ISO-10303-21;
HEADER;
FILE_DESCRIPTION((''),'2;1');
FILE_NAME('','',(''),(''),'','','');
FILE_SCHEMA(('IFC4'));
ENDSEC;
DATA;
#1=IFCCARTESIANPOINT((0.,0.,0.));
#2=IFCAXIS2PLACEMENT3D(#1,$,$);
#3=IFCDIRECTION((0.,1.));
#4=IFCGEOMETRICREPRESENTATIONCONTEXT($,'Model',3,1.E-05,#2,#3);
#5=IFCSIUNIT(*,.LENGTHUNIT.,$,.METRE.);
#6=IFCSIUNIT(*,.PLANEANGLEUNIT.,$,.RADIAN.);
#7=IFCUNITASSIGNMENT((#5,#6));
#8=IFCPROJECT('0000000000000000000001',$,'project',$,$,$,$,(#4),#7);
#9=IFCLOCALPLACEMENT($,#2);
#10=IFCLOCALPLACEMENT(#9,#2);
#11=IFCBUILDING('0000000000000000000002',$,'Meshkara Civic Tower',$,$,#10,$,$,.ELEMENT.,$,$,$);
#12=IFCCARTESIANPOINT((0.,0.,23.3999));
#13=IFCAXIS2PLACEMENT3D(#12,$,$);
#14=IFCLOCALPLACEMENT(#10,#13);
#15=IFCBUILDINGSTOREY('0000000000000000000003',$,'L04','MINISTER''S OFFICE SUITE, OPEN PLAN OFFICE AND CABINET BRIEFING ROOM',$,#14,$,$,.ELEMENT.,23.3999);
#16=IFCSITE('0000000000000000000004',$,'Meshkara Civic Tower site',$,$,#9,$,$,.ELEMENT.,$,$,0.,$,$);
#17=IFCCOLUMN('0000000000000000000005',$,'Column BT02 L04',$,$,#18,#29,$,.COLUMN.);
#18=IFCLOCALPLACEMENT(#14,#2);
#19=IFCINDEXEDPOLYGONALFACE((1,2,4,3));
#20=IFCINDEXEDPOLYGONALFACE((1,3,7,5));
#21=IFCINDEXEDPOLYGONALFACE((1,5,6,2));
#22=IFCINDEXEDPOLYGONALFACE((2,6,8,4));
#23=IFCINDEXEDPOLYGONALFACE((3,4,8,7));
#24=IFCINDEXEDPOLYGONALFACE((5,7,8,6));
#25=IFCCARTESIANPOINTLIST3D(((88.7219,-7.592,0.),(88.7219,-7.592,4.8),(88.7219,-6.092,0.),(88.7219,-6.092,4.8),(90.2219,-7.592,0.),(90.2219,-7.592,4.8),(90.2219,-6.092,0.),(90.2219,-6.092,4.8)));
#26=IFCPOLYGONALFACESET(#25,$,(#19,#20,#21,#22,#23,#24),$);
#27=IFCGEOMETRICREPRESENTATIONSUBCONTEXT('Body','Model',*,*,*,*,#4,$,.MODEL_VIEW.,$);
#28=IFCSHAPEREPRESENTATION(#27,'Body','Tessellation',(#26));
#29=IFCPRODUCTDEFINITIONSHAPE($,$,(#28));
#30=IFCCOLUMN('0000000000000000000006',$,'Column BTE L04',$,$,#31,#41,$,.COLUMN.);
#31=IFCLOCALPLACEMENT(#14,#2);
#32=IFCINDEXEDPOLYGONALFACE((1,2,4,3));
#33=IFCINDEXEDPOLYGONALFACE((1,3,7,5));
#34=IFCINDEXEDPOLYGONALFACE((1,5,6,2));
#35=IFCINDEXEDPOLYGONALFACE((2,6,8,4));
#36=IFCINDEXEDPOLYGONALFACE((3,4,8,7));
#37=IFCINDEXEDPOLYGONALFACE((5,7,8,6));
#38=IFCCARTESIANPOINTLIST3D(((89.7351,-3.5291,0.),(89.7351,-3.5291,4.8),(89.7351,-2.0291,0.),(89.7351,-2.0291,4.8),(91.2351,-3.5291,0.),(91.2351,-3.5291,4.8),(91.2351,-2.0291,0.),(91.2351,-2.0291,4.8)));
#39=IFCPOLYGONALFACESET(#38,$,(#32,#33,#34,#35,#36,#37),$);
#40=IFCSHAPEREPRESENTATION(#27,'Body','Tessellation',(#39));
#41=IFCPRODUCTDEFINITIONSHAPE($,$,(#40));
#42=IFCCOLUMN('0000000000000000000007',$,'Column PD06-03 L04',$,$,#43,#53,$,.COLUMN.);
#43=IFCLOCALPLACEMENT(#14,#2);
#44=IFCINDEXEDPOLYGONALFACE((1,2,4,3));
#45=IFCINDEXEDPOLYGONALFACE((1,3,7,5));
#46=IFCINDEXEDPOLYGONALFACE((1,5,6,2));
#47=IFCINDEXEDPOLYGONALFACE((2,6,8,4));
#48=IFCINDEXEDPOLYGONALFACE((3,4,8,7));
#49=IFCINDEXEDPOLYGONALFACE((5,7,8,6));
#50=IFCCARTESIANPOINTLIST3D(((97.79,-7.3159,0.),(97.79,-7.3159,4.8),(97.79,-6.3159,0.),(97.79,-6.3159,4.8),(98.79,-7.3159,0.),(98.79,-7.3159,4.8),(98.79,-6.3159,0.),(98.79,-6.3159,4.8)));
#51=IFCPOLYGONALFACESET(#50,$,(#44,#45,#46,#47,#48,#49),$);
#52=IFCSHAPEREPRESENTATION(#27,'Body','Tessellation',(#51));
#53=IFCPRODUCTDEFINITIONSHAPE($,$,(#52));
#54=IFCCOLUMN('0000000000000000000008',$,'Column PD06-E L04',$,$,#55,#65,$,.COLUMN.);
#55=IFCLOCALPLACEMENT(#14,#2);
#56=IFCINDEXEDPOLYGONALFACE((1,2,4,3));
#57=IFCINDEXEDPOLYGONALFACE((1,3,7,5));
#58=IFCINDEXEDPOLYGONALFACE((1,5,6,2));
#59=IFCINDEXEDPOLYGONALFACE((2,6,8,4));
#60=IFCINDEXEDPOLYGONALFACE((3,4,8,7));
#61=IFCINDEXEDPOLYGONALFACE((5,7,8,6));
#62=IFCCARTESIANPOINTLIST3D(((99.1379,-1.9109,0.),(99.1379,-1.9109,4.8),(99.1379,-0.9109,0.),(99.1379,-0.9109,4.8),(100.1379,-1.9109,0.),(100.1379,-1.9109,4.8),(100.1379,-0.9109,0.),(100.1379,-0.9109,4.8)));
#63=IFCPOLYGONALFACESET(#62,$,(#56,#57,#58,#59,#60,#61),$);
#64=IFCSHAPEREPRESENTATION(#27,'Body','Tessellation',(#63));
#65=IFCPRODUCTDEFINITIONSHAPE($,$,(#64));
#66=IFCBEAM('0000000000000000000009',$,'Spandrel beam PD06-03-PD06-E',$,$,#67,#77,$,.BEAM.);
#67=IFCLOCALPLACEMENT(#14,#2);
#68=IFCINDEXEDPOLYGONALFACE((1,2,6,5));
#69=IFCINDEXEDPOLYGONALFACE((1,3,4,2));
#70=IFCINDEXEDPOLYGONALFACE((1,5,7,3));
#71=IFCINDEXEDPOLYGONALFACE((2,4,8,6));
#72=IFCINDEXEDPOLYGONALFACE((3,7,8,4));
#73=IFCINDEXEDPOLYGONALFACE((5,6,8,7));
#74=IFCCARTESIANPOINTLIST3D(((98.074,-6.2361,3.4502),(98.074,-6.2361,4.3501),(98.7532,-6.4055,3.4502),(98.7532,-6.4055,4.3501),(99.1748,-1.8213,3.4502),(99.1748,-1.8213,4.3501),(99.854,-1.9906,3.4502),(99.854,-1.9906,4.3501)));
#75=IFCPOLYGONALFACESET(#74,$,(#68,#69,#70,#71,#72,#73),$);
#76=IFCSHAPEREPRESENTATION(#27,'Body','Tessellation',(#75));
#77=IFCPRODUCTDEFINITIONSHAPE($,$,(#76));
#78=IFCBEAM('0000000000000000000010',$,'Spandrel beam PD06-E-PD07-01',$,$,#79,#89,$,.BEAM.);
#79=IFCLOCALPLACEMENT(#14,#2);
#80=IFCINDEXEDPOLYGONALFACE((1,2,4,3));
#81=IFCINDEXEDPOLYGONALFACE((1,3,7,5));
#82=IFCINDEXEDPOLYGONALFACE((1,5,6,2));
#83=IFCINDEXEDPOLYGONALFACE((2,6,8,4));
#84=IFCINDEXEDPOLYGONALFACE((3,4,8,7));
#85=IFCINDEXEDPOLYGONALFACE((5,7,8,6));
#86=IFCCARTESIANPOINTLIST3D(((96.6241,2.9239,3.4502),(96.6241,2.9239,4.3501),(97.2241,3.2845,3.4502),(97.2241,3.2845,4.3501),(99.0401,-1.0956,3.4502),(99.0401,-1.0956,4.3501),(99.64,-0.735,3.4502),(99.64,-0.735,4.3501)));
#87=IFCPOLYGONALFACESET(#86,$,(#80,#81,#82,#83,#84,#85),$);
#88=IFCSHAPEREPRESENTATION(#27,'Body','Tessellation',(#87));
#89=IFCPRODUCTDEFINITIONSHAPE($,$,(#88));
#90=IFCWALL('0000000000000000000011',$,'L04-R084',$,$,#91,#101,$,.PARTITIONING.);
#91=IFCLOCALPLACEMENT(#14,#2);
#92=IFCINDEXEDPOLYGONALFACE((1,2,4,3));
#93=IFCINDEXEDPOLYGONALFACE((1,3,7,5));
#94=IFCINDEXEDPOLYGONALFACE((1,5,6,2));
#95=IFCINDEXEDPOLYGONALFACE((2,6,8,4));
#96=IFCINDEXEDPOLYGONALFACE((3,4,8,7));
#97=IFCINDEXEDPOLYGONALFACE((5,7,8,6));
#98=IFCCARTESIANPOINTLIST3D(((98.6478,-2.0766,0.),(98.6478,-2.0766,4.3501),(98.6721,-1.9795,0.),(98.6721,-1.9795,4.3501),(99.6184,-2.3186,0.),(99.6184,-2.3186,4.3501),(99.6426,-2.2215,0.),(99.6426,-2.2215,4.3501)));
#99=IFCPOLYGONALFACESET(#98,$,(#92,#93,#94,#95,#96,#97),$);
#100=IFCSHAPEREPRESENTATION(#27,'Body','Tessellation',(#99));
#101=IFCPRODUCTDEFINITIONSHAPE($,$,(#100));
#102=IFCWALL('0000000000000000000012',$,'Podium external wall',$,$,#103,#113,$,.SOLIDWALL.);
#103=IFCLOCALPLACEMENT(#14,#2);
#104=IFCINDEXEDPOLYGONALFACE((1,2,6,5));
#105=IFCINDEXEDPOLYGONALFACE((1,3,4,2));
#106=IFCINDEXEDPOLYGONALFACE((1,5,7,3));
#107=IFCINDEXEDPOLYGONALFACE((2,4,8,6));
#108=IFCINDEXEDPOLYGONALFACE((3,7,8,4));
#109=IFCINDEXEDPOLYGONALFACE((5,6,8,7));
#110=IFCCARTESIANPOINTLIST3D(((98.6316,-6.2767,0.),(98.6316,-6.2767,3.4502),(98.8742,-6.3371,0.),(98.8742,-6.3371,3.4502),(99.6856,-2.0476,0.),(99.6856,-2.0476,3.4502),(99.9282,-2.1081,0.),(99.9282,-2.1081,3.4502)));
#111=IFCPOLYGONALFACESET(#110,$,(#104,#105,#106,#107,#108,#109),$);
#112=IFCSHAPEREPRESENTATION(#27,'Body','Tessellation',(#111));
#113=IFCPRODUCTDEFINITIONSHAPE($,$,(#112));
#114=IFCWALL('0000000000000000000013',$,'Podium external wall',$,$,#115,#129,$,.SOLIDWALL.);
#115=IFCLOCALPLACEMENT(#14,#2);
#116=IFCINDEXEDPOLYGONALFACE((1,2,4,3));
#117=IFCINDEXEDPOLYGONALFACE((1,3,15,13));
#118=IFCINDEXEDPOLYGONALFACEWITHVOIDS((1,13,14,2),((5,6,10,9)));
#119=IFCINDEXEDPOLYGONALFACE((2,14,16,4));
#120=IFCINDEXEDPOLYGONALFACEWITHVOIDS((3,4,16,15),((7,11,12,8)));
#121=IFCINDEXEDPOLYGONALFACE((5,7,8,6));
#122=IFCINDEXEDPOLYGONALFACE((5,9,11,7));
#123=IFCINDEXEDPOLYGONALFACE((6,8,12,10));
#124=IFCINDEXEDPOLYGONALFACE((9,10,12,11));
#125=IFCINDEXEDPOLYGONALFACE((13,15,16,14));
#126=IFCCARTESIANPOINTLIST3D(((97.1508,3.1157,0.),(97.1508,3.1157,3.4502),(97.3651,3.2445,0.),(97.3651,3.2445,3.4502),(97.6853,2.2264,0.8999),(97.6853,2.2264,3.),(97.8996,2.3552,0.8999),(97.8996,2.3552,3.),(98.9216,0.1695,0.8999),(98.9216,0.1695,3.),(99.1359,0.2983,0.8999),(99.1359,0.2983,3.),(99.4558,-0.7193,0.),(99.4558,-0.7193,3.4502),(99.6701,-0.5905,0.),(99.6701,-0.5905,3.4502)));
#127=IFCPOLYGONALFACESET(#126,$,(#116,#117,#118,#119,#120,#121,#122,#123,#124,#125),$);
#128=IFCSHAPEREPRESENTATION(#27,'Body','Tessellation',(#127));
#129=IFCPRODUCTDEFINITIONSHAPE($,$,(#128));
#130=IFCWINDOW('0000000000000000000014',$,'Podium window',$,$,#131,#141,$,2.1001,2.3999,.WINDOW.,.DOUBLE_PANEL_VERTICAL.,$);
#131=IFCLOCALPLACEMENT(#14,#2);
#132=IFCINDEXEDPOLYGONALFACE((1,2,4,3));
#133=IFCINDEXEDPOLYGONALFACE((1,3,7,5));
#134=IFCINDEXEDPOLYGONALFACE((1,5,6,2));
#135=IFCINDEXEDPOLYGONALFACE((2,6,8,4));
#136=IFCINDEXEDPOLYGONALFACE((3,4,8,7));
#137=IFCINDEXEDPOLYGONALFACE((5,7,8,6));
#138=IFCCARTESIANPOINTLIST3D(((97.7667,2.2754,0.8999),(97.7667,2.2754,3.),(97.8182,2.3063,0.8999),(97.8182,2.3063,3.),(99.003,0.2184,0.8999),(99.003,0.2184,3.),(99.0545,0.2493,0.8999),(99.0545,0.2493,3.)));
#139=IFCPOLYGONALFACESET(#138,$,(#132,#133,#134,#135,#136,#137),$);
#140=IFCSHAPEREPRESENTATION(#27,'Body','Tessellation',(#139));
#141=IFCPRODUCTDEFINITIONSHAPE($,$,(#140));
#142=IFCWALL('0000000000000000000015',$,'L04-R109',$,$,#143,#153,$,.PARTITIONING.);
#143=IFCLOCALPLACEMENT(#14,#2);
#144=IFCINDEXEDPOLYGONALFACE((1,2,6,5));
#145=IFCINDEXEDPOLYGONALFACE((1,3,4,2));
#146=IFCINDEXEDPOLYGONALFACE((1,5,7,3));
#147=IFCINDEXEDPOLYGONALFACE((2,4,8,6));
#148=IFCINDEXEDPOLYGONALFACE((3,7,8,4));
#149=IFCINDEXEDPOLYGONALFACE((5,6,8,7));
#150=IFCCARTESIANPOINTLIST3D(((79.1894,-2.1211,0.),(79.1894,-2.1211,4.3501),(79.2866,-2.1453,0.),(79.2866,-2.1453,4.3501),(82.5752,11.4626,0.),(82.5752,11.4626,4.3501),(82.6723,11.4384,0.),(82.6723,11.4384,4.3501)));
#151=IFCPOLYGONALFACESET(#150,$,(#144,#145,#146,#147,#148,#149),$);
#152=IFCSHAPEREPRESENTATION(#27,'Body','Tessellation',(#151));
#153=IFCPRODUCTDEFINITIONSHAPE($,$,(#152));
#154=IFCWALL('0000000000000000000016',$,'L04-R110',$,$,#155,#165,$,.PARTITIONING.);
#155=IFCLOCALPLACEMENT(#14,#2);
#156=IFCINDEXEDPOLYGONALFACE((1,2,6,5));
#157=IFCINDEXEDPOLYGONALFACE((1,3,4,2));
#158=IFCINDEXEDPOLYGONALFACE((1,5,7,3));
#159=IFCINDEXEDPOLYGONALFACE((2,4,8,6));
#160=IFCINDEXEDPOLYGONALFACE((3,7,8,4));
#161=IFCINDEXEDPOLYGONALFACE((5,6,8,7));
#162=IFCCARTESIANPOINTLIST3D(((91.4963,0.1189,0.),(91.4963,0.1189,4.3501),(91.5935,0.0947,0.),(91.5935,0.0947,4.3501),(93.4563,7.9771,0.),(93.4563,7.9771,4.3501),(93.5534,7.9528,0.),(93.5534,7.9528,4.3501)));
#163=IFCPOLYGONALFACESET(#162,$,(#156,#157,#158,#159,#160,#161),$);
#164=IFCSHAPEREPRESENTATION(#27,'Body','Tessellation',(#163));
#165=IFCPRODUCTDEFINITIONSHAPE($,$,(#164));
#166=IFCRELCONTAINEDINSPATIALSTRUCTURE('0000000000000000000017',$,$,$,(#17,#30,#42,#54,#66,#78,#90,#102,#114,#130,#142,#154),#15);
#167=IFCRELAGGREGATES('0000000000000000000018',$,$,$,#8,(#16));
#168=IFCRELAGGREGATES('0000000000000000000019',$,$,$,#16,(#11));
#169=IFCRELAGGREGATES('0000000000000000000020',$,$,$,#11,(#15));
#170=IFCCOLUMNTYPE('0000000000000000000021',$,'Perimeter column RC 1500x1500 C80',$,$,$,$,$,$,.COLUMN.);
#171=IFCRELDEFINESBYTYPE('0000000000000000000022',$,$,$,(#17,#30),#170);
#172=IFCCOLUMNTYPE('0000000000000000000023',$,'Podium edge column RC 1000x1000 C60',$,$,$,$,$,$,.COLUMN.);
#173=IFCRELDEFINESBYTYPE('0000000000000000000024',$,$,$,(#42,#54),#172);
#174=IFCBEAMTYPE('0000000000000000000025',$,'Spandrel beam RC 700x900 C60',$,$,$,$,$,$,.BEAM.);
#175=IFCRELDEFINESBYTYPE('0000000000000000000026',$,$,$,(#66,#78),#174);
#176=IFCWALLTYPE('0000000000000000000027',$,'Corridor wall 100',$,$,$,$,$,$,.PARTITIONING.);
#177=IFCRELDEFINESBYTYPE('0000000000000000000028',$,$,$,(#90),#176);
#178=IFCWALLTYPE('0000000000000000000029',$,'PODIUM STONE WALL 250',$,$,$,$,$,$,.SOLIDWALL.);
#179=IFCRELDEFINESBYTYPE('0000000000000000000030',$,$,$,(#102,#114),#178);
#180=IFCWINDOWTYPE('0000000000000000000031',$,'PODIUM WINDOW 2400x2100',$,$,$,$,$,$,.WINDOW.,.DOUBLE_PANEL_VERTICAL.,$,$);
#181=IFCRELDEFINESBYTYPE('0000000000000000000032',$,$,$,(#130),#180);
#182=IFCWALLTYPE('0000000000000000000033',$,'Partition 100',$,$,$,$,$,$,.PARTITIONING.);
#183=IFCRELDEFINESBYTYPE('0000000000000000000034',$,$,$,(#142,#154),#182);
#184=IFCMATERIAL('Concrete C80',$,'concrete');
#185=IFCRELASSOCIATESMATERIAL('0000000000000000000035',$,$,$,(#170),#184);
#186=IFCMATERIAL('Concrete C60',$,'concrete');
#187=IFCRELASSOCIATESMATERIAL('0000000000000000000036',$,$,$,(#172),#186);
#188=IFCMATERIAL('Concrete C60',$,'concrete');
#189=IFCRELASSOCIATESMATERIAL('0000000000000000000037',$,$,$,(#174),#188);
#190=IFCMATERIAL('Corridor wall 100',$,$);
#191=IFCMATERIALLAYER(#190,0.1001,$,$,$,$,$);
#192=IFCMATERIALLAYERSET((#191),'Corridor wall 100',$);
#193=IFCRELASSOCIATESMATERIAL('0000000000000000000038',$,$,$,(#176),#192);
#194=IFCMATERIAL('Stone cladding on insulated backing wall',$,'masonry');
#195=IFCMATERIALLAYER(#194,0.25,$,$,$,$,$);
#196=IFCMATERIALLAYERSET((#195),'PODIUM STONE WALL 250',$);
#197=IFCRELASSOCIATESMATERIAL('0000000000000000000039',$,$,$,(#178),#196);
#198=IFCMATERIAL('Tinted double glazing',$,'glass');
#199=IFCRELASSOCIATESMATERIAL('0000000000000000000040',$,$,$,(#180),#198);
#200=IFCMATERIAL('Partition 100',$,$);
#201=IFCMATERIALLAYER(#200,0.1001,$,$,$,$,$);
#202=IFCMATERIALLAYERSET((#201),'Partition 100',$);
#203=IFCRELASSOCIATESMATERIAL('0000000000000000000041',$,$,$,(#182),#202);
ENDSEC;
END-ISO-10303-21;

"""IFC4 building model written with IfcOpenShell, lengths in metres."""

from ifc_helpers import new_model, si_unit, direction, frame, frame_2d, origin, origin_2d, place, context, subcontext, project, spatial, rectangle, extrude, material, layer, layer_set, material_profile, profile_set, type_object, element, fill, save


model = new_model("IFC4")

# Units and contexts
model_context = context("Model", 3, precision=1e-05, world=origin(), true_north=direction((0.0, 1.0)))
body_context = subcontext(model_context, "Body", "Model", "MODEL_VIEW")
ifc_project = project(units=[si_unit("LENGTHUNIT", "METRE"), si_unit("PLANEANGLEUNIT", "RADIAN")], contexts=[model_context])

# Site, building, storey
site_placement = place(None, origin())
site = spatial("IfcSite", under=ifc_project, at=site_placement, Name="Meshkara Civic Tower site", CompositionType="ELEMENT", RefElevation=0.0)
building_placement = place(site_placement, origin())
building = spatial("IfcBuilding", under=site, at=building_placement, Name="Meshkara Civic Tower", CompositionType="ELEMENT")
storey_placement = place(building_placement, frame((0.0, 0.0, 23.3999)))
storey = spatial("IfcBuildingStorey", under=building, at=storey_placement, Name="L04", Description="MINISTER'S OFFICE SUITE, OPEN PLAN OFFICE AND CABINET BRIEFING ROOM", CompositionType="ELEMENT", Elevation=23.3999)

# Columns
ifc_material_1 = material(Name="Concrete C80", Category="concrete")
ifc_material_profile_1 = material_profile(ifc_material_1, rectangle(XDim=1.5, YDim=1.5, at=origin_2d()))
ifc_profile_set_1 = profile_set([ifc_material_profile_1], Name="Concrete C80")
column_type_1 = type_object("IfcColumnType", Name="Perimeter column RC 1500x1500 C80", PredefinedType="COLUMN", material=ifc_profile_set_1)
for number, where, z_axis, x_axis, name in (
    (1, (89.4719, -6.842, 0.0), (0.0, 0.0, 1.0), (1.0, 0.0, 0.0), "Column BT02 L04"),
    (2, (90.4851, -2.7791, 0.0), (0.0, 0.0, 1.0), (1.0, 0.0, 0.0), "Column BTE L04"),
):
    element("IfcColumn", number, at=place(storey_placement, frame(where, z_axis=z_axis, x_axis=x_axis)), inside=storey, type_object=column_type_1, Name=name, PredefinedType="COLUMN", context=body_context, shape_type="SweptSolid", body=[
        extrude(rectangle(XDim=1.5, YDim=1.5, at=origin_2d()), origin(), (0.0, 0.0, 1.0), 4.8),
    ])
ifc_material_2 = material(Name="Concrete C60", Category="concrete")
ifc_material_profile_2 = material_profile(ifc_material_2, rectangle(XDim=1.0, YDim=1.0, at=origin_2d()))
ifc_profile_set_2 = profile_set([ifc_material_profile_2], Name="Concrete C60")
column_type_2 = type_object("IfcColumnType", Name="Podium edge column RC 1000x1000 C60", PredefinedType="COLUMN", material=ifc_profile_set_2)
for number, where, z_axis, x_axis, name in (
    (3, (98.29, -6.8159, 0.0), (0.0, 0.0, 1.0), (1.0, 0.0, 0.0), "Column PD06-03 L04"),
    (4, (99.6379, -1.4109, 0.0), (0.0, 0.0, 1.0), (1.0, 0.0, 0.0), "Column PD06-E L04"),
):
    element("IfcColumn", number, at=place(storey_placement, frame(where, z_axis=z_axis, x_axis=x_axis)), inside=storey, type_object=column_type_2, Name=name, PredefinedType="COLUMN", context=body_context, shape_type="SweptSolid", body=[
        extrude(rectangle(XDim=1.0, YDim=1.0, at=origin_2d()), origin(), (0.0, 0.0, 1.0), 4.8),
    ])

# Beams
ifc_material_3 = material(Name="Concrete C60", Category="concrete")
ifc_material_profile_3 = material_profile(ifc_material_3, rectangle(XDim=0.7, YDim=0.8999, at=origin_2d()))
ifc_profile_set_3 = profile_set([ifc_material_profile_3], Name="Concrete C60")
beam_type = type_object("IfcBeamType", Name="Spandrel beam RC 700x900 C60", PredefinedType="BEAM", material=ifc_profile_set_3)
beam_1_placement = place(storey_placement, frame((98.4136, -6.3208, 3.9001), z_axis=(0.241942, 0.970291, 0.0), x_axis=(-0.970291, 0.241942, 0.0)))
element("IfcBeam", 5, at=beam_1_placement, inside=storey, type_object=beam_type, Name="Spandrel beam PD06-03-PD06-E", PredefinedType="BEAM", context=body_context, shape_type="SweptSolid", body=[
    extrude(rectangle(XDim=0.7, YDim=0.8999, at=origin_2d()), origin(), (0.0, 0.0, 1.0), 4.55),
])
beam_2_placement = place(storey_placement, frame((99.3401, -0.9153, 3.9001), z_axis=(-0.515169, 0.857088, 0.0), x_axis=(-0.857088, -0.515169, 0.0)))
element("IfcBeam", 6, at=beam_2_placement, inside=storey, type_object=beam_type, Name="Spandrel beam PD06-E-PD07-01", PredefinedType="BEAM", context=body_context, shape_type="SweptSolid", body=[
    extrude(rectangle(XDim=0.7, YDim=0.8999, at=origin_2d()), origin(), (0.0, 0.0, 1.0), 4.6897),
])

# Walls
ifc_material_4 = material(Name="Corridor wall 100")
ifc_layer_1 = layer(ifc_material_4, 0.1001)
ifc_layer_set_1 = layer_set([ifc_layer_1], Name="Corridor wall 100")
wall_type_1 = type_object("IfcWallType", Name="Corridor wall 100", PredefinedType="PARTITIONING", material=ifc_layer_set_1)
wall_1_placement = place(storey_placement, frame((99.6304, -2.27, 0.0), z_axis=(0.0, 0.0, 1.0), x_axis=(-0.9703, 0.241904, 0.0)))
element("IfcWall", 7, at=wall_1_placement, inside=storey, type_object=wall_type_1, Name="L04-R084", PredefinedType="PARTITIONING", context=body_context, shape_type="SweptSolid", body=[
    extrude(rectangle(XDim=1.0002, YDim=0.1001, at=frame_2d((0.5, 0.0))), origin(), (0.0, 0.0, 1.0), 4.3501),
])
ifc_material_5 = material(Name="Stone cladding on insulated backing wall", Category="masonry")
ifc_layer_2 = layer(ifc_material_5, 0.25)
ifc_layer_set_2 = layer_set([ifc_layer_2], Name="PODIUM STONE WALL 250")
wall_type_2 = type_object("IfcWallType", Name="PODIUM STONE WALL 250", PredefinedType="SOLIDWALL", material=ifc_layer_set_2)
wall_2_placement = place(storey_placement, frame((98.7529, -6.3069, 0.0), z_axis=(0.0, 0.0, 1.0), x_axis=(0.241824, 0.97032, 0.0)))
element("IfcWall", 8, at=wall_2_placement, inside=storey, type_object=wall_type_2, Name="Podium external wall", PredefinedType="SOLIDWALL", context=body_context, shape_type="SweptSolid", body=[
    extrude(rectangle(XDim=4.3584, YDim=0.25, at=frame_2d((2.1792, 0.0))), origin(), (0.0, 0.0, 1.0), 3.4502),
])

# Wall, opening, window
wall_3_placement = place(storey_placement, frame((99.563, -0.655, 0.0), z_axis=(0.0, 0.0, 1.0), x_axis=(-0.515146, 0.857103, 0.0)))
wall_3 = element("IfcWall", 9, at=wall_3_placement, inside=storey, type_object=wall_type_2, Name="Podium external wall", PredefinedType="SOLIDWALL", context=body_context, shape_type="SweptSolid", body=[
    extrude(rectangle(XDim=4.4744, YDim=0.25, at=frame_2d((2.2373, 0.0))), origin(), (0.0, 0.0, 1.0), 3.4502),
])
opening_1_placement = place(wall_3_placement, frame((1.0371, 0.0, 0.8999)))
opening_1 = element("IfcOpeningElement", 10, at=opening_1_placement, cuts=wall_3, PredefinedType="OPENING", context=body_context, shape_type="SweptSolid", body=[
    extrude(rectangle(XDim=2.3999, YDim=2.1001, at=frame_2d((1.2, 1.05))), frame((0.0, 0.135, 0.0), z_axis=(0.0, -1.0, 0.0), x_axis=(1.0, 0.0, 0.0)), (0.0, 0.0, 1.0), 0.27),
])
ifc_material_6 = material(Name="Tinted double glazing", Category="glass")
window_type = type_object("IfcWindowType", Name="PODIUM WINDOW 2400x2100", PartitioningType="DOUBLE_PANEL_VERTICAL", PredefinedType="WINDOW", material=ifc_material_6)
window_placement = place(opening_1_placement, origin())
window = element("IfcWindow", 11, at=window_placement, inside=storey, type_object=window_type, Name="Podium window", OverallHeight=2.1001, OverallWidth=2.3999, PartitioningType="DOUBLE_PANEL_VERTICAL", PredefinedType="WINDOW", context=body_context, shape_type="SweptSolid", body=[
    extrude(rectangle(XDim=2.3999, YDim=2.1001, at=frame_2d((1.2, 1.05))), frame((0.0, 0.03, 0.0), z_axis=(0.0, -1.0, 0.0), x_axis=(1.0, 0.0, 0.0)), (0.0, 0.0, 1.0), 0.0601),
])
fill(opening_1, window)

# Walls
ifc_material_7 = material(Name="Partition 100")
ifc_layer_3 = layer(ifc_material_7, 0.1001)
ifc_layer_set_3 = layer_set([ifc_layer_3], Name="Partition 100")
wall_type_3 = type_object("IfcWallType", Name="Partition 100", PredefinedType="PARTITIONING", material=ifc_layer_set_3)
wall_4_placement = place(storey_placement, frame((79.238, -2.1331, 0.0), z_axis=(0.0, 0.0, 1.0), x_axis=(0.24185, 0.970314, 0.0)))
element("IfcWall", 12, at=wall_4_placement, inside=storey, type_object=wall_type_3, Name="L04-R109", PredefinedType="PARTITIONING", context=body_context, shape_type="SweptSolid", body=[
    extrude(rectangle(XDim=13.9993, YDim=0.1001, at=frame_2d((6.9995, 0.0))), origin(), (0.0, 0.0, 1.0), 4.3501),
])
wall_5_placement = place(storey_placement, frame((91.5449, 0.1069, 0.0), z_axis=(0.0, 0.0, 1.0), x_axis=(0.242004, 0.970275, 0.0)))
element("IfcWall", 13, at=wall_5_placement, inside=storey, type_object=wall_type_3, Name="L04-R110", PredefinedType="PARTITIONING", context=body_context, shape_type="SweptSolid", body=[
    extrude(rectangle(XDim=8.0989, YDim=0.1001, at=frame_2d((4.0493, 0.0))), origin(), (0.0, 0.0, 1.0), 4.3501),
])

save(model, "model.ifc")
